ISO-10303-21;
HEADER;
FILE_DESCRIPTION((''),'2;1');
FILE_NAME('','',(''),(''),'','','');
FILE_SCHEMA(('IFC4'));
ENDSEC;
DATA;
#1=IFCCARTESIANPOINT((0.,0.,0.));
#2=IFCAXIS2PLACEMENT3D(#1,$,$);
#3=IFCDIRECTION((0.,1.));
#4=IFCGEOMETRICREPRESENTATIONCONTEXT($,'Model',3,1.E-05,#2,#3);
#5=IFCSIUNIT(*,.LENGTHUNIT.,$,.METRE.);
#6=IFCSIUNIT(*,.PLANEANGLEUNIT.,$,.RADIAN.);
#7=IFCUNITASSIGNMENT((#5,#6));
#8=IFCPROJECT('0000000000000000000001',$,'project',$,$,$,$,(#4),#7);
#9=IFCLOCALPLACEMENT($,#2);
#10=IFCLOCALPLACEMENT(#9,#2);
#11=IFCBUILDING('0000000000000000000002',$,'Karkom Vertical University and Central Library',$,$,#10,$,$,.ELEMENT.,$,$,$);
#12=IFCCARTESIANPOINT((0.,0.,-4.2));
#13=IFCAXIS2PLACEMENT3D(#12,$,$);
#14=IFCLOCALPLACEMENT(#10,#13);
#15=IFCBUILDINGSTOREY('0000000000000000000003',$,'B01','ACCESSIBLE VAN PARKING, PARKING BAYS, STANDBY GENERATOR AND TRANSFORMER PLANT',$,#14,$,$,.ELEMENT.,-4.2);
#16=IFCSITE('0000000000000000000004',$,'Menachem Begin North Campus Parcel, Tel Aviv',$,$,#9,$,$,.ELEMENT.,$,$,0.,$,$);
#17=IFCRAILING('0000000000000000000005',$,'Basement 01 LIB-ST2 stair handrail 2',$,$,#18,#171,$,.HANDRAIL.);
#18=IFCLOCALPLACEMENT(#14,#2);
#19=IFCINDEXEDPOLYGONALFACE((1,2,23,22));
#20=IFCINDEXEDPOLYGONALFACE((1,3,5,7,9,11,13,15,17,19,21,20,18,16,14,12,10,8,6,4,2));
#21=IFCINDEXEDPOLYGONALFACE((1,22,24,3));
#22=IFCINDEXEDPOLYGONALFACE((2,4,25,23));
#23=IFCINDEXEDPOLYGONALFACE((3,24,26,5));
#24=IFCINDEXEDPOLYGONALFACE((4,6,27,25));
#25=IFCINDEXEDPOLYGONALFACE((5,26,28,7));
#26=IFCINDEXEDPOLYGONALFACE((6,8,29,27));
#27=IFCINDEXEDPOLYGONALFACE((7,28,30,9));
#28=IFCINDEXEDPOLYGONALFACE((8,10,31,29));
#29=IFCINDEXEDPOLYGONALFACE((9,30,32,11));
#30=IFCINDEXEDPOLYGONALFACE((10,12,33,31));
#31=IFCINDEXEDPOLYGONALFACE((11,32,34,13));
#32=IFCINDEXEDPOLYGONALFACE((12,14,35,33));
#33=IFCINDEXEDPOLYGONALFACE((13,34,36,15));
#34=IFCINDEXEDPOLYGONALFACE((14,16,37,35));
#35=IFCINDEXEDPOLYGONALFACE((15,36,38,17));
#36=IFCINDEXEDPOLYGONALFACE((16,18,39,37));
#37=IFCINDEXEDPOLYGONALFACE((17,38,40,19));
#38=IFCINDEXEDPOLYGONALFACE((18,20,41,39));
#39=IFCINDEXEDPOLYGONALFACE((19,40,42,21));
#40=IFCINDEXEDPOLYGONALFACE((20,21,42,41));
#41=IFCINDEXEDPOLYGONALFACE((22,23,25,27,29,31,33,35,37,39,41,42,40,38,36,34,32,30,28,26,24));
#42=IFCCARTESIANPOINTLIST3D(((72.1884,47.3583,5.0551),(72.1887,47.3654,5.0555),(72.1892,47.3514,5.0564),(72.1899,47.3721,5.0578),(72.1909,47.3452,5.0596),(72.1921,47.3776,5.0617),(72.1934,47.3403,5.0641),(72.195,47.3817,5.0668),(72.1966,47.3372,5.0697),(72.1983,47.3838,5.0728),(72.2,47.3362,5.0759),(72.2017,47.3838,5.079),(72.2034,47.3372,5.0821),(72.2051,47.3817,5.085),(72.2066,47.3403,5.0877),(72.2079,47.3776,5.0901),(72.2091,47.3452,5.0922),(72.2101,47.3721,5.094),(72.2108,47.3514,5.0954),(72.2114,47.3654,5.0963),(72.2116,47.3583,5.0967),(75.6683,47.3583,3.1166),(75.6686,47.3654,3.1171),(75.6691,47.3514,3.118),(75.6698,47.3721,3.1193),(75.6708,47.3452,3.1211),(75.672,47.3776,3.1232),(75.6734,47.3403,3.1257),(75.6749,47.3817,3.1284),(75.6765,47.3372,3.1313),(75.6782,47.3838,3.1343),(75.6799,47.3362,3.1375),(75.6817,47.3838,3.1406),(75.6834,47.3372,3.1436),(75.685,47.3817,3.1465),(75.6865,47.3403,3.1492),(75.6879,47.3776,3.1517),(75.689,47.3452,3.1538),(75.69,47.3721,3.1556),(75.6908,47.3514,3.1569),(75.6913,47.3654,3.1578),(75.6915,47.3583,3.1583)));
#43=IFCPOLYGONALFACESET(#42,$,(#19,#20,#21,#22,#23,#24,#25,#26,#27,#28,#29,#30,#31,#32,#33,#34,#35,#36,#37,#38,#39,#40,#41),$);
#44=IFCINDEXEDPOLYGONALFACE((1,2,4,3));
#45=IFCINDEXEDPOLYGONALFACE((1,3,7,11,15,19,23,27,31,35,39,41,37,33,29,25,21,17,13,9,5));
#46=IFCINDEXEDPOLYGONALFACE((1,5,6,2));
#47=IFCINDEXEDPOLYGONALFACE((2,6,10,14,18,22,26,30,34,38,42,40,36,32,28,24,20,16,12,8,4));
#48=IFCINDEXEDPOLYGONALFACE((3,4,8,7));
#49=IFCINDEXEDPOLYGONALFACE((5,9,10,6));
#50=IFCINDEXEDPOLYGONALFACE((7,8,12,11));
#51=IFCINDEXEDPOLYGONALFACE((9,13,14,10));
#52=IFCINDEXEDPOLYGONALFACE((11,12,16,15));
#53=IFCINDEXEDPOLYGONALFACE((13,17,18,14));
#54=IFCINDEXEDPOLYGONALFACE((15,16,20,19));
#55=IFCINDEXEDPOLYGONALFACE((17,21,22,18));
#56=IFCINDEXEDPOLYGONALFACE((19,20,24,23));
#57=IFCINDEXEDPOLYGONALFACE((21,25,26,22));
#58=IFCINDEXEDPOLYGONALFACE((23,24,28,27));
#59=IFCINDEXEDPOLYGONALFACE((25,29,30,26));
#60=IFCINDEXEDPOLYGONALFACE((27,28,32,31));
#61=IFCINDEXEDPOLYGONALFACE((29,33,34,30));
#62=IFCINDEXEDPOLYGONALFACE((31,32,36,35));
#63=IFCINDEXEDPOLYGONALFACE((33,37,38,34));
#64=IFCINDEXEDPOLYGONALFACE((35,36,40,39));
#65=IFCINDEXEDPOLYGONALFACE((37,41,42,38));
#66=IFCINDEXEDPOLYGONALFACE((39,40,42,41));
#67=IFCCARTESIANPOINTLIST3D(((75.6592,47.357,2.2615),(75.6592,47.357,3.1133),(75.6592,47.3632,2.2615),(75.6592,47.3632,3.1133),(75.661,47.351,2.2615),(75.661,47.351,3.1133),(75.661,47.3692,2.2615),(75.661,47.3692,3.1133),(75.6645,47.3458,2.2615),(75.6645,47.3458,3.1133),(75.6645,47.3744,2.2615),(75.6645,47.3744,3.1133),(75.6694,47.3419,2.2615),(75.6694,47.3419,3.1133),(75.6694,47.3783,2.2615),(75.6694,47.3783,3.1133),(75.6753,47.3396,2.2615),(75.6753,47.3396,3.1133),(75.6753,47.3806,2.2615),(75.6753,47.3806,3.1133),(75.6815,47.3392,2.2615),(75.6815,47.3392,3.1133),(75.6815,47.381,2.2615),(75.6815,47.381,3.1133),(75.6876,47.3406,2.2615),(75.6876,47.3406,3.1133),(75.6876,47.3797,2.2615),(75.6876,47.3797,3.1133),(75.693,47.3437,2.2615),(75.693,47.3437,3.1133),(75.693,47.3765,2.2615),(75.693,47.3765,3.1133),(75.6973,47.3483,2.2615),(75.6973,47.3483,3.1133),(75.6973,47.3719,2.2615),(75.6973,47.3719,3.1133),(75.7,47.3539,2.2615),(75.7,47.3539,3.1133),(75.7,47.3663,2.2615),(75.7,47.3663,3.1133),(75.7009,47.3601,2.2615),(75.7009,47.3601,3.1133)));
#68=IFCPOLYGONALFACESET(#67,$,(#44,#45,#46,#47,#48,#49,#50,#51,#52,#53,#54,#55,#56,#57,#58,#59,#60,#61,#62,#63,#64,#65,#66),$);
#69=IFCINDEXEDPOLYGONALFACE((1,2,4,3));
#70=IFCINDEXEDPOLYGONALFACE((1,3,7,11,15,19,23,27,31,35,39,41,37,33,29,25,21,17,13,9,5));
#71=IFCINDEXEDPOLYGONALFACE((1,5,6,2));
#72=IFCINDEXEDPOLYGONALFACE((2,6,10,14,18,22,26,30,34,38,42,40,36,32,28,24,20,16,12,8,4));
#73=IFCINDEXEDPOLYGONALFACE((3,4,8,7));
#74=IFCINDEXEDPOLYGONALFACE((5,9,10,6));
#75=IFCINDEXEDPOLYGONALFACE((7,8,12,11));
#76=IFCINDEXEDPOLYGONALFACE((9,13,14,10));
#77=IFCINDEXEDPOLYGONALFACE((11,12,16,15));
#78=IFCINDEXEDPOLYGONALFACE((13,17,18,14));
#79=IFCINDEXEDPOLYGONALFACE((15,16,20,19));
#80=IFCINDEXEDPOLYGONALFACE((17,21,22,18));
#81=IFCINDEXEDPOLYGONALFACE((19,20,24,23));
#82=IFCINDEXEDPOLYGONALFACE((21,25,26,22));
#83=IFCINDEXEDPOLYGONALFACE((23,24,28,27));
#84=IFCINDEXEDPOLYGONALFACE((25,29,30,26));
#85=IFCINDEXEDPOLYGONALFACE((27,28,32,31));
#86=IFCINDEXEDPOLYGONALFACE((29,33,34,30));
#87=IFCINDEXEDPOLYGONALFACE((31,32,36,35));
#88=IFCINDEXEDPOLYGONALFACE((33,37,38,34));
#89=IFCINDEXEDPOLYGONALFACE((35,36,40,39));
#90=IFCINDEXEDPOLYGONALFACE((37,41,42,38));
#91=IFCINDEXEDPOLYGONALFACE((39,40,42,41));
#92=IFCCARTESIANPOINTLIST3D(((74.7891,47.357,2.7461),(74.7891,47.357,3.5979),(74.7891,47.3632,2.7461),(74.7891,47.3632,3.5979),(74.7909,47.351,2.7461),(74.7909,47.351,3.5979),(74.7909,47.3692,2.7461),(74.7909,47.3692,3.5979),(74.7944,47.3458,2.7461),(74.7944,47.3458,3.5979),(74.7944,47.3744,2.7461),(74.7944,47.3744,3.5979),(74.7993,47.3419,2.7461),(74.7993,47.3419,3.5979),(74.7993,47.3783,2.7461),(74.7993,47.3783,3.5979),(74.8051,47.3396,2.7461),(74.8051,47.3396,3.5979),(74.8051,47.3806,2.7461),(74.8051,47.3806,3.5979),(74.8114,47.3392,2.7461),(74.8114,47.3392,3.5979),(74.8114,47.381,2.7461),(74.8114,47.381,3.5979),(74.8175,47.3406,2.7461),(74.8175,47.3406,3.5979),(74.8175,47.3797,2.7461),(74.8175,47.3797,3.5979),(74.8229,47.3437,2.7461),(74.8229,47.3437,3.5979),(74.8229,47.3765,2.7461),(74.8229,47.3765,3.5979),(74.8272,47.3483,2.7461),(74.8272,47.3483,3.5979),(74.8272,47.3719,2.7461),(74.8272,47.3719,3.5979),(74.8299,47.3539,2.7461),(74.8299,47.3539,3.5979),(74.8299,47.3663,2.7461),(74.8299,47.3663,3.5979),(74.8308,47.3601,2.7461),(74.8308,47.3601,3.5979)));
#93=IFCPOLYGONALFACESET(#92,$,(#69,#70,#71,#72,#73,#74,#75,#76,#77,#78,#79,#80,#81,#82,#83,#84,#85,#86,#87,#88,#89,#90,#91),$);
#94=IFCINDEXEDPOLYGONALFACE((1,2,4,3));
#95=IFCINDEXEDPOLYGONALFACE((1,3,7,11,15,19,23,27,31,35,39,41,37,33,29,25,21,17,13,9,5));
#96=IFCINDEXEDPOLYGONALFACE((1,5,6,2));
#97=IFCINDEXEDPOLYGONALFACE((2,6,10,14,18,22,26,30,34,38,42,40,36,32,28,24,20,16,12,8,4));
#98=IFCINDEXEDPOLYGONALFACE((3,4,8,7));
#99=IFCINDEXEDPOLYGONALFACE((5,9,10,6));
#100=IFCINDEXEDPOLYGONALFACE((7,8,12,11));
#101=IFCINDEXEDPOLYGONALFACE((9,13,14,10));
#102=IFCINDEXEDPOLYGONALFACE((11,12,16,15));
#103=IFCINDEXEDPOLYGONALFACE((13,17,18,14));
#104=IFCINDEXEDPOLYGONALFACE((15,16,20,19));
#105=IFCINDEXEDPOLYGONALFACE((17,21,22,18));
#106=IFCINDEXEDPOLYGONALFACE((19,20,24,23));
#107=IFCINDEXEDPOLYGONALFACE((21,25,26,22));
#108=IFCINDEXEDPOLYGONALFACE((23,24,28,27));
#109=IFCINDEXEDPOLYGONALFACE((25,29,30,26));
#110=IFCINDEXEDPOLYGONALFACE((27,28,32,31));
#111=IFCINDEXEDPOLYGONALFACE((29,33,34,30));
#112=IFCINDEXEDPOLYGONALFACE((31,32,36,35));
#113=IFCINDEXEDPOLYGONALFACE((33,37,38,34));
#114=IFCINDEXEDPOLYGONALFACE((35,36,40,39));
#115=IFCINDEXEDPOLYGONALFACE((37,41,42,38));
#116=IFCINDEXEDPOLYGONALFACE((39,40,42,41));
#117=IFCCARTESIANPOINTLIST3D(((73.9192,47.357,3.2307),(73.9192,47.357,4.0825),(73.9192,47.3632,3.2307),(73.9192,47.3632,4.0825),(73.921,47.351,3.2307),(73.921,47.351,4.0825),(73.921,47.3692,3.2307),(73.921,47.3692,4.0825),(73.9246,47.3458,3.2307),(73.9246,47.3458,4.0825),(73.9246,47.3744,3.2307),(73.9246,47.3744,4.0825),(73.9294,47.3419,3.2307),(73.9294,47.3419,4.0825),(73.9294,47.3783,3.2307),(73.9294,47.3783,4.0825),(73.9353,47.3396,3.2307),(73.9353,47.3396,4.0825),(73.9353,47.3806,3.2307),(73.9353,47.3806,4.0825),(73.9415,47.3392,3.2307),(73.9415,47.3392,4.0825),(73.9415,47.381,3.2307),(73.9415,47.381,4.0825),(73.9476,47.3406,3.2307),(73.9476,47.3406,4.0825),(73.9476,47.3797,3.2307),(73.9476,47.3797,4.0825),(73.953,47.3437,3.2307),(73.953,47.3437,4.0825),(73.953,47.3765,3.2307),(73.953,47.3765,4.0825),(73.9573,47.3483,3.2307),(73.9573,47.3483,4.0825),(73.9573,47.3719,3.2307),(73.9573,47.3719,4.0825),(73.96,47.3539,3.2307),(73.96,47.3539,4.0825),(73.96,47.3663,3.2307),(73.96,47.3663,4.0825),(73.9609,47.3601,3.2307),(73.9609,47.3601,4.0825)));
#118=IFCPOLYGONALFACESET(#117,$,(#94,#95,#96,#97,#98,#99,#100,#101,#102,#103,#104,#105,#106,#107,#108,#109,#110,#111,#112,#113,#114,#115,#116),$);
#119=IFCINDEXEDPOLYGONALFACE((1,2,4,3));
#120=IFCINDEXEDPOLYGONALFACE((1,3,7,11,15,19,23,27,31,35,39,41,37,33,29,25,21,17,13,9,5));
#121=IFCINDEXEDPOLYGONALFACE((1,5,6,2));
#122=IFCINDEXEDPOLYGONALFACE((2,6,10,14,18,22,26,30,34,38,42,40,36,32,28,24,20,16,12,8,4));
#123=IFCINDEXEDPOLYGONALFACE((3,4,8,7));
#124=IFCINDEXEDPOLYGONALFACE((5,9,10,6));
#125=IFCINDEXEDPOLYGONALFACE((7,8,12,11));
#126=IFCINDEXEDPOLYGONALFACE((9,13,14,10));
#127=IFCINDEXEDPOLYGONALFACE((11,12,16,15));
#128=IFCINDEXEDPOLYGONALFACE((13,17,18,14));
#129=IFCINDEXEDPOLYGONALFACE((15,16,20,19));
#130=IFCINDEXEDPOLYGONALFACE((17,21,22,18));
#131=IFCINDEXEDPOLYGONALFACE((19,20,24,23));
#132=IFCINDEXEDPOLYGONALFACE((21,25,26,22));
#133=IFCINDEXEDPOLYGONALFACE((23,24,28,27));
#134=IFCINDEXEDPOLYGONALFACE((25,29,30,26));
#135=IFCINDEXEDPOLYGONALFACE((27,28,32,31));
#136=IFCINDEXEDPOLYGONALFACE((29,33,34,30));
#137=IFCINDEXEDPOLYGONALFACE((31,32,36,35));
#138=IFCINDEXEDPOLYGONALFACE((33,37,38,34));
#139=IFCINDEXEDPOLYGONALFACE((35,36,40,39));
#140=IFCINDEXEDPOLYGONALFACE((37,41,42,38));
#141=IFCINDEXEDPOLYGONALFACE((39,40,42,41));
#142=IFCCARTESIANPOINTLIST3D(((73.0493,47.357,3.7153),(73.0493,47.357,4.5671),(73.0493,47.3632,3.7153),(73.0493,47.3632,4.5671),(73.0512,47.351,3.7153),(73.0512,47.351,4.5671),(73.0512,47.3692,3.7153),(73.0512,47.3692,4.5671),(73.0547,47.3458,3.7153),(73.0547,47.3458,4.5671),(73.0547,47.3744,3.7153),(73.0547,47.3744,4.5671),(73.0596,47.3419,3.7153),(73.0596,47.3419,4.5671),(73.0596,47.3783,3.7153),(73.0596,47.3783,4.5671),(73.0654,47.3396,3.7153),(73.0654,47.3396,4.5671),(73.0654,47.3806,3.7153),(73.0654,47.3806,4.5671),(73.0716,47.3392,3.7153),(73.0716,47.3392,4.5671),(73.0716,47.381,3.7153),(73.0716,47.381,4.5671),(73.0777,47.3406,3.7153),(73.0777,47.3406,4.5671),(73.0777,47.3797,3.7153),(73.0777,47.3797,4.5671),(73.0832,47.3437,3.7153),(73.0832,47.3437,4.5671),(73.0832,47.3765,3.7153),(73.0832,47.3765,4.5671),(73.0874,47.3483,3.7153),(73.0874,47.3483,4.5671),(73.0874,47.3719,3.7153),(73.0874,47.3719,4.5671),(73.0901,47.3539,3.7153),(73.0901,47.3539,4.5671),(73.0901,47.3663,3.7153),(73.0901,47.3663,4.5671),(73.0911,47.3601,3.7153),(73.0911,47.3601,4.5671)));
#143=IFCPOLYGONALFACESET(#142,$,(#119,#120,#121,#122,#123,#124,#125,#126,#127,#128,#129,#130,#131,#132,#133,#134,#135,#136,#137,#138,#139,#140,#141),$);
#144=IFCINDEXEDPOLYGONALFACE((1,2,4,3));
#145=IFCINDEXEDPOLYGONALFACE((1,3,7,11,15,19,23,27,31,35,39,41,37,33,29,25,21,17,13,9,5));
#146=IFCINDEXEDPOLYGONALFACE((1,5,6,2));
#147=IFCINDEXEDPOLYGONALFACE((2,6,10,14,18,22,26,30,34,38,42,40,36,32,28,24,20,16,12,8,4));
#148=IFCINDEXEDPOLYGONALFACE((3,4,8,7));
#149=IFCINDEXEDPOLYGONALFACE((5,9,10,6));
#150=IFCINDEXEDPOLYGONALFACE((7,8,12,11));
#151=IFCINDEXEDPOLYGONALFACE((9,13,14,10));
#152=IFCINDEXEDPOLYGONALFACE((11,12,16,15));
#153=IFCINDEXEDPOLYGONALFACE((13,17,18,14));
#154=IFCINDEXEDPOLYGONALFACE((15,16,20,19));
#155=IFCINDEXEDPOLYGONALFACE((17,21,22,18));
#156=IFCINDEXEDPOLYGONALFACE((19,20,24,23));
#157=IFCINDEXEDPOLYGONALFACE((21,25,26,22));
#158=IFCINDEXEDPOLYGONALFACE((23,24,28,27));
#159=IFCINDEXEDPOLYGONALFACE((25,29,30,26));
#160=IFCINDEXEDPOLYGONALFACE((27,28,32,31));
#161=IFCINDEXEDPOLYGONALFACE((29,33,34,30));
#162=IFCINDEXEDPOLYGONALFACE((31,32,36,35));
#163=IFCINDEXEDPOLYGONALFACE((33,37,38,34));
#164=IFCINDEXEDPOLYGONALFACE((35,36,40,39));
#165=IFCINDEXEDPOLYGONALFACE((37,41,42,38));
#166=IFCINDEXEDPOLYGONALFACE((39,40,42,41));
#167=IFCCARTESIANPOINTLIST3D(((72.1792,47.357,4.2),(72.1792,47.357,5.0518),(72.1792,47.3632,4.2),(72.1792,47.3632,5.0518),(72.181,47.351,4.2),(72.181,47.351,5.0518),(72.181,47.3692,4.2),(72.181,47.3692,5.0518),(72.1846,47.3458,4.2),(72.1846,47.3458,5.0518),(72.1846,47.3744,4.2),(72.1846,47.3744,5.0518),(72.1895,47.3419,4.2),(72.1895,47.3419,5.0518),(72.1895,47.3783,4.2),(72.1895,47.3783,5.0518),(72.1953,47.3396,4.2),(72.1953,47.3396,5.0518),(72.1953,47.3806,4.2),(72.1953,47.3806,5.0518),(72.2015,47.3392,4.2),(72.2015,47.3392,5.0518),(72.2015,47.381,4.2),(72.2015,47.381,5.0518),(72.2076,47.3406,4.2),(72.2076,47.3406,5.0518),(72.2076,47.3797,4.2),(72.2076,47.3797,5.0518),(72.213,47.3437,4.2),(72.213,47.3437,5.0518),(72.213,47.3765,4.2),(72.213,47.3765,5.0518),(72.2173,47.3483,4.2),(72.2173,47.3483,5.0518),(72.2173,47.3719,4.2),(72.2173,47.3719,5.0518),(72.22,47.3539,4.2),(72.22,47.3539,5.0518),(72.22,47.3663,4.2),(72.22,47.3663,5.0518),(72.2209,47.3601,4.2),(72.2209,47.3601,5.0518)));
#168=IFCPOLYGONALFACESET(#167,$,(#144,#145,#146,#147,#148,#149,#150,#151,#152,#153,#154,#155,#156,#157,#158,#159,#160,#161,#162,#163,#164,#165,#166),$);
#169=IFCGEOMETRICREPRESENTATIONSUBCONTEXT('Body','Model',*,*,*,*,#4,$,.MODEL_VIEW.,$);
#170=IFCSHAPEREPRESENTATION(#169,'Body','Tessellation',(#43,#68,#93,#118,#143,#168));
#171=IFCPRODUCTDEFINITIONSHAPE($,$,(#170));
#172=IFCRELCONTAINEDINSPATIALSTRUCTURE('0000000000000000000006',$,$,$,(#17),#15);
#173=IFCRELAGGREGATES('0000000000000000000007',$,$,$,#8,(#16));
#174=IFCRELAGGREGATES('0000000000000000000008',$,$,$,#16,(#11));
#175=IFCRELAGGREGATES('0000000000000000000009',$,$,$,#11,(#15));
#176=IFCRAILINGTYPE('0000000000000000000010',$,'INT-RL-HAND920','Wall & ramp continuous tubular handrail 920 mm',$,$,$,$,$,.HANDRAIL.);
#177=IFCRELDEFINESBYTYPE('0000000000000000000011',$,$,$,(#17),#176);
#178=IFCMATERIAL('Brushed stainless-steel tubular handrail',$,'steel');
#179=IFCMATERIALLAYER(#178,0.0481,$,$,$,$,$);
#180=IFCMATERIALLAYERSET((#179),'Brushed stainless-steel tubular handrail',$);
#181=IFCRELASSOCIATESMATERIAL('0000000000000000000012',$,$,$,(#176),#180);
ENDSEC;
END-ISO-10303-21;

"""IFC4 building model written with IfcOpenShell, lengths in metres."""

from ifc_helpers import new_model, si_unit, direction, frame, origin, origin_2d, place, context, subcontext, project, spatial, circle, extrude, material, layer, layer_set, type_object, element, save


model = new_model("IFC4")

# Units and contexts
model_context = context("Model", 3, precision=1e-05, world=origin(), true_north=direction((0.0, 1.0)))
body_context = subcontext(model_context, "Body", "Model", "MODEL_VIEW")
ifc_project = project(units=[si_unit("LENGTHUNIT", "METRE"), si_unit("PLANEANGLEUNIT", "RADIAN")], contexts=[model_context])

# Site, building, storey
site_placement = place(None, origin())
site = spatial("IfcSite", under=ifc_project, at=site_placement, Name="Menachem Begin North Campus Parcel, Tel Aviv", CompositionType="ELEMENT", RefElevation=0.0)
building_placement = place(site_placement, origin())
building = spatial("IfcBuilding", under=site, at=building_placement, Name="Karkom Vertical University and Central Library", CompositionType="ELEMENT")
storey_placement = place(building_placement, frame((0.0, 0.0, -4.2)))
storey = spatial("IfcBuildingStorey", under=building, at=storey_placement, Name="B01", Description="ACCESSIBLE VAN PARKING, PARKING BAYS, STANDBY GENERATOR AND TRANSFORMER PLANT", CompositionType="ELEMENT", Elevation=-4.2)

# Railing
ifc_material_1 = material(Name="Brushed stainless-steel tubular handrail", Category="steel")
ifc_layer_1 = layer(ifc_material_1, 0.0481)
ifc_layer_set_1 = layer_set([ifc_layer_1], Name="Brushed stainless-steel tubular handrail")
railing_type_1 = type_object("IfcRailingType", Name="INT-RL-HAND920", Description="Wall & ramp continuous tubular handrail 920 mm", PredefinedType="HANDRAIL", material=ifc_layer_set_1)
railing_1_placement = place(storey_placement, frame((75.6799, 47.3601, 2.2615)))
element("IfcRailing", 1, at=railing_1_placement, inside=storey, type_object=railing_type_1, Name="Basement 01 LIB-ST2 stair handrail 2", PredefinedType="HANDRAIL", context=body_context, shape_type="SweptSolid", body=[
    extrude(circle(Radius=0.0239, at=origin_2d()), frame((0.0, 0.0, 0.876), z_axis=(-0.873607, 0.0, 0.486631), x_axis=(0.0, -1.0, 0.0)), (0.0, 0.0, 1.0), 3.9834),
    extrude(circle(Radius=0.021, at=origin_2d()), origin(), (0.0, 0.0, 1.0), 0.8518),
    extrude(circle(Radius=0.021, at=origin_2d()), frame((-0.8701, 0.0, 0.4846)), (0.0, 0.0, 1.0), 0.8518),
    extrude(circle(Radius=0.021, at=origin_2d()), frame((-1.74, 0.0, 0.9692)), (0.0, 0.0, 1.0), 0.8518),
    extrude(circle(Radius=0.021, at=origin_2d()), frame((-2.6099, 0.0, 1.4539)), (0.0, 0.0, 1.0), 0.8518),
    extrude(circle(Radius=0.021, at=origin_2d()), frame((-3.48, 0.0, 1.9385)), (0.0, 0.0, 1.0), 0.8518),
])

save(model, "model.ifc")
